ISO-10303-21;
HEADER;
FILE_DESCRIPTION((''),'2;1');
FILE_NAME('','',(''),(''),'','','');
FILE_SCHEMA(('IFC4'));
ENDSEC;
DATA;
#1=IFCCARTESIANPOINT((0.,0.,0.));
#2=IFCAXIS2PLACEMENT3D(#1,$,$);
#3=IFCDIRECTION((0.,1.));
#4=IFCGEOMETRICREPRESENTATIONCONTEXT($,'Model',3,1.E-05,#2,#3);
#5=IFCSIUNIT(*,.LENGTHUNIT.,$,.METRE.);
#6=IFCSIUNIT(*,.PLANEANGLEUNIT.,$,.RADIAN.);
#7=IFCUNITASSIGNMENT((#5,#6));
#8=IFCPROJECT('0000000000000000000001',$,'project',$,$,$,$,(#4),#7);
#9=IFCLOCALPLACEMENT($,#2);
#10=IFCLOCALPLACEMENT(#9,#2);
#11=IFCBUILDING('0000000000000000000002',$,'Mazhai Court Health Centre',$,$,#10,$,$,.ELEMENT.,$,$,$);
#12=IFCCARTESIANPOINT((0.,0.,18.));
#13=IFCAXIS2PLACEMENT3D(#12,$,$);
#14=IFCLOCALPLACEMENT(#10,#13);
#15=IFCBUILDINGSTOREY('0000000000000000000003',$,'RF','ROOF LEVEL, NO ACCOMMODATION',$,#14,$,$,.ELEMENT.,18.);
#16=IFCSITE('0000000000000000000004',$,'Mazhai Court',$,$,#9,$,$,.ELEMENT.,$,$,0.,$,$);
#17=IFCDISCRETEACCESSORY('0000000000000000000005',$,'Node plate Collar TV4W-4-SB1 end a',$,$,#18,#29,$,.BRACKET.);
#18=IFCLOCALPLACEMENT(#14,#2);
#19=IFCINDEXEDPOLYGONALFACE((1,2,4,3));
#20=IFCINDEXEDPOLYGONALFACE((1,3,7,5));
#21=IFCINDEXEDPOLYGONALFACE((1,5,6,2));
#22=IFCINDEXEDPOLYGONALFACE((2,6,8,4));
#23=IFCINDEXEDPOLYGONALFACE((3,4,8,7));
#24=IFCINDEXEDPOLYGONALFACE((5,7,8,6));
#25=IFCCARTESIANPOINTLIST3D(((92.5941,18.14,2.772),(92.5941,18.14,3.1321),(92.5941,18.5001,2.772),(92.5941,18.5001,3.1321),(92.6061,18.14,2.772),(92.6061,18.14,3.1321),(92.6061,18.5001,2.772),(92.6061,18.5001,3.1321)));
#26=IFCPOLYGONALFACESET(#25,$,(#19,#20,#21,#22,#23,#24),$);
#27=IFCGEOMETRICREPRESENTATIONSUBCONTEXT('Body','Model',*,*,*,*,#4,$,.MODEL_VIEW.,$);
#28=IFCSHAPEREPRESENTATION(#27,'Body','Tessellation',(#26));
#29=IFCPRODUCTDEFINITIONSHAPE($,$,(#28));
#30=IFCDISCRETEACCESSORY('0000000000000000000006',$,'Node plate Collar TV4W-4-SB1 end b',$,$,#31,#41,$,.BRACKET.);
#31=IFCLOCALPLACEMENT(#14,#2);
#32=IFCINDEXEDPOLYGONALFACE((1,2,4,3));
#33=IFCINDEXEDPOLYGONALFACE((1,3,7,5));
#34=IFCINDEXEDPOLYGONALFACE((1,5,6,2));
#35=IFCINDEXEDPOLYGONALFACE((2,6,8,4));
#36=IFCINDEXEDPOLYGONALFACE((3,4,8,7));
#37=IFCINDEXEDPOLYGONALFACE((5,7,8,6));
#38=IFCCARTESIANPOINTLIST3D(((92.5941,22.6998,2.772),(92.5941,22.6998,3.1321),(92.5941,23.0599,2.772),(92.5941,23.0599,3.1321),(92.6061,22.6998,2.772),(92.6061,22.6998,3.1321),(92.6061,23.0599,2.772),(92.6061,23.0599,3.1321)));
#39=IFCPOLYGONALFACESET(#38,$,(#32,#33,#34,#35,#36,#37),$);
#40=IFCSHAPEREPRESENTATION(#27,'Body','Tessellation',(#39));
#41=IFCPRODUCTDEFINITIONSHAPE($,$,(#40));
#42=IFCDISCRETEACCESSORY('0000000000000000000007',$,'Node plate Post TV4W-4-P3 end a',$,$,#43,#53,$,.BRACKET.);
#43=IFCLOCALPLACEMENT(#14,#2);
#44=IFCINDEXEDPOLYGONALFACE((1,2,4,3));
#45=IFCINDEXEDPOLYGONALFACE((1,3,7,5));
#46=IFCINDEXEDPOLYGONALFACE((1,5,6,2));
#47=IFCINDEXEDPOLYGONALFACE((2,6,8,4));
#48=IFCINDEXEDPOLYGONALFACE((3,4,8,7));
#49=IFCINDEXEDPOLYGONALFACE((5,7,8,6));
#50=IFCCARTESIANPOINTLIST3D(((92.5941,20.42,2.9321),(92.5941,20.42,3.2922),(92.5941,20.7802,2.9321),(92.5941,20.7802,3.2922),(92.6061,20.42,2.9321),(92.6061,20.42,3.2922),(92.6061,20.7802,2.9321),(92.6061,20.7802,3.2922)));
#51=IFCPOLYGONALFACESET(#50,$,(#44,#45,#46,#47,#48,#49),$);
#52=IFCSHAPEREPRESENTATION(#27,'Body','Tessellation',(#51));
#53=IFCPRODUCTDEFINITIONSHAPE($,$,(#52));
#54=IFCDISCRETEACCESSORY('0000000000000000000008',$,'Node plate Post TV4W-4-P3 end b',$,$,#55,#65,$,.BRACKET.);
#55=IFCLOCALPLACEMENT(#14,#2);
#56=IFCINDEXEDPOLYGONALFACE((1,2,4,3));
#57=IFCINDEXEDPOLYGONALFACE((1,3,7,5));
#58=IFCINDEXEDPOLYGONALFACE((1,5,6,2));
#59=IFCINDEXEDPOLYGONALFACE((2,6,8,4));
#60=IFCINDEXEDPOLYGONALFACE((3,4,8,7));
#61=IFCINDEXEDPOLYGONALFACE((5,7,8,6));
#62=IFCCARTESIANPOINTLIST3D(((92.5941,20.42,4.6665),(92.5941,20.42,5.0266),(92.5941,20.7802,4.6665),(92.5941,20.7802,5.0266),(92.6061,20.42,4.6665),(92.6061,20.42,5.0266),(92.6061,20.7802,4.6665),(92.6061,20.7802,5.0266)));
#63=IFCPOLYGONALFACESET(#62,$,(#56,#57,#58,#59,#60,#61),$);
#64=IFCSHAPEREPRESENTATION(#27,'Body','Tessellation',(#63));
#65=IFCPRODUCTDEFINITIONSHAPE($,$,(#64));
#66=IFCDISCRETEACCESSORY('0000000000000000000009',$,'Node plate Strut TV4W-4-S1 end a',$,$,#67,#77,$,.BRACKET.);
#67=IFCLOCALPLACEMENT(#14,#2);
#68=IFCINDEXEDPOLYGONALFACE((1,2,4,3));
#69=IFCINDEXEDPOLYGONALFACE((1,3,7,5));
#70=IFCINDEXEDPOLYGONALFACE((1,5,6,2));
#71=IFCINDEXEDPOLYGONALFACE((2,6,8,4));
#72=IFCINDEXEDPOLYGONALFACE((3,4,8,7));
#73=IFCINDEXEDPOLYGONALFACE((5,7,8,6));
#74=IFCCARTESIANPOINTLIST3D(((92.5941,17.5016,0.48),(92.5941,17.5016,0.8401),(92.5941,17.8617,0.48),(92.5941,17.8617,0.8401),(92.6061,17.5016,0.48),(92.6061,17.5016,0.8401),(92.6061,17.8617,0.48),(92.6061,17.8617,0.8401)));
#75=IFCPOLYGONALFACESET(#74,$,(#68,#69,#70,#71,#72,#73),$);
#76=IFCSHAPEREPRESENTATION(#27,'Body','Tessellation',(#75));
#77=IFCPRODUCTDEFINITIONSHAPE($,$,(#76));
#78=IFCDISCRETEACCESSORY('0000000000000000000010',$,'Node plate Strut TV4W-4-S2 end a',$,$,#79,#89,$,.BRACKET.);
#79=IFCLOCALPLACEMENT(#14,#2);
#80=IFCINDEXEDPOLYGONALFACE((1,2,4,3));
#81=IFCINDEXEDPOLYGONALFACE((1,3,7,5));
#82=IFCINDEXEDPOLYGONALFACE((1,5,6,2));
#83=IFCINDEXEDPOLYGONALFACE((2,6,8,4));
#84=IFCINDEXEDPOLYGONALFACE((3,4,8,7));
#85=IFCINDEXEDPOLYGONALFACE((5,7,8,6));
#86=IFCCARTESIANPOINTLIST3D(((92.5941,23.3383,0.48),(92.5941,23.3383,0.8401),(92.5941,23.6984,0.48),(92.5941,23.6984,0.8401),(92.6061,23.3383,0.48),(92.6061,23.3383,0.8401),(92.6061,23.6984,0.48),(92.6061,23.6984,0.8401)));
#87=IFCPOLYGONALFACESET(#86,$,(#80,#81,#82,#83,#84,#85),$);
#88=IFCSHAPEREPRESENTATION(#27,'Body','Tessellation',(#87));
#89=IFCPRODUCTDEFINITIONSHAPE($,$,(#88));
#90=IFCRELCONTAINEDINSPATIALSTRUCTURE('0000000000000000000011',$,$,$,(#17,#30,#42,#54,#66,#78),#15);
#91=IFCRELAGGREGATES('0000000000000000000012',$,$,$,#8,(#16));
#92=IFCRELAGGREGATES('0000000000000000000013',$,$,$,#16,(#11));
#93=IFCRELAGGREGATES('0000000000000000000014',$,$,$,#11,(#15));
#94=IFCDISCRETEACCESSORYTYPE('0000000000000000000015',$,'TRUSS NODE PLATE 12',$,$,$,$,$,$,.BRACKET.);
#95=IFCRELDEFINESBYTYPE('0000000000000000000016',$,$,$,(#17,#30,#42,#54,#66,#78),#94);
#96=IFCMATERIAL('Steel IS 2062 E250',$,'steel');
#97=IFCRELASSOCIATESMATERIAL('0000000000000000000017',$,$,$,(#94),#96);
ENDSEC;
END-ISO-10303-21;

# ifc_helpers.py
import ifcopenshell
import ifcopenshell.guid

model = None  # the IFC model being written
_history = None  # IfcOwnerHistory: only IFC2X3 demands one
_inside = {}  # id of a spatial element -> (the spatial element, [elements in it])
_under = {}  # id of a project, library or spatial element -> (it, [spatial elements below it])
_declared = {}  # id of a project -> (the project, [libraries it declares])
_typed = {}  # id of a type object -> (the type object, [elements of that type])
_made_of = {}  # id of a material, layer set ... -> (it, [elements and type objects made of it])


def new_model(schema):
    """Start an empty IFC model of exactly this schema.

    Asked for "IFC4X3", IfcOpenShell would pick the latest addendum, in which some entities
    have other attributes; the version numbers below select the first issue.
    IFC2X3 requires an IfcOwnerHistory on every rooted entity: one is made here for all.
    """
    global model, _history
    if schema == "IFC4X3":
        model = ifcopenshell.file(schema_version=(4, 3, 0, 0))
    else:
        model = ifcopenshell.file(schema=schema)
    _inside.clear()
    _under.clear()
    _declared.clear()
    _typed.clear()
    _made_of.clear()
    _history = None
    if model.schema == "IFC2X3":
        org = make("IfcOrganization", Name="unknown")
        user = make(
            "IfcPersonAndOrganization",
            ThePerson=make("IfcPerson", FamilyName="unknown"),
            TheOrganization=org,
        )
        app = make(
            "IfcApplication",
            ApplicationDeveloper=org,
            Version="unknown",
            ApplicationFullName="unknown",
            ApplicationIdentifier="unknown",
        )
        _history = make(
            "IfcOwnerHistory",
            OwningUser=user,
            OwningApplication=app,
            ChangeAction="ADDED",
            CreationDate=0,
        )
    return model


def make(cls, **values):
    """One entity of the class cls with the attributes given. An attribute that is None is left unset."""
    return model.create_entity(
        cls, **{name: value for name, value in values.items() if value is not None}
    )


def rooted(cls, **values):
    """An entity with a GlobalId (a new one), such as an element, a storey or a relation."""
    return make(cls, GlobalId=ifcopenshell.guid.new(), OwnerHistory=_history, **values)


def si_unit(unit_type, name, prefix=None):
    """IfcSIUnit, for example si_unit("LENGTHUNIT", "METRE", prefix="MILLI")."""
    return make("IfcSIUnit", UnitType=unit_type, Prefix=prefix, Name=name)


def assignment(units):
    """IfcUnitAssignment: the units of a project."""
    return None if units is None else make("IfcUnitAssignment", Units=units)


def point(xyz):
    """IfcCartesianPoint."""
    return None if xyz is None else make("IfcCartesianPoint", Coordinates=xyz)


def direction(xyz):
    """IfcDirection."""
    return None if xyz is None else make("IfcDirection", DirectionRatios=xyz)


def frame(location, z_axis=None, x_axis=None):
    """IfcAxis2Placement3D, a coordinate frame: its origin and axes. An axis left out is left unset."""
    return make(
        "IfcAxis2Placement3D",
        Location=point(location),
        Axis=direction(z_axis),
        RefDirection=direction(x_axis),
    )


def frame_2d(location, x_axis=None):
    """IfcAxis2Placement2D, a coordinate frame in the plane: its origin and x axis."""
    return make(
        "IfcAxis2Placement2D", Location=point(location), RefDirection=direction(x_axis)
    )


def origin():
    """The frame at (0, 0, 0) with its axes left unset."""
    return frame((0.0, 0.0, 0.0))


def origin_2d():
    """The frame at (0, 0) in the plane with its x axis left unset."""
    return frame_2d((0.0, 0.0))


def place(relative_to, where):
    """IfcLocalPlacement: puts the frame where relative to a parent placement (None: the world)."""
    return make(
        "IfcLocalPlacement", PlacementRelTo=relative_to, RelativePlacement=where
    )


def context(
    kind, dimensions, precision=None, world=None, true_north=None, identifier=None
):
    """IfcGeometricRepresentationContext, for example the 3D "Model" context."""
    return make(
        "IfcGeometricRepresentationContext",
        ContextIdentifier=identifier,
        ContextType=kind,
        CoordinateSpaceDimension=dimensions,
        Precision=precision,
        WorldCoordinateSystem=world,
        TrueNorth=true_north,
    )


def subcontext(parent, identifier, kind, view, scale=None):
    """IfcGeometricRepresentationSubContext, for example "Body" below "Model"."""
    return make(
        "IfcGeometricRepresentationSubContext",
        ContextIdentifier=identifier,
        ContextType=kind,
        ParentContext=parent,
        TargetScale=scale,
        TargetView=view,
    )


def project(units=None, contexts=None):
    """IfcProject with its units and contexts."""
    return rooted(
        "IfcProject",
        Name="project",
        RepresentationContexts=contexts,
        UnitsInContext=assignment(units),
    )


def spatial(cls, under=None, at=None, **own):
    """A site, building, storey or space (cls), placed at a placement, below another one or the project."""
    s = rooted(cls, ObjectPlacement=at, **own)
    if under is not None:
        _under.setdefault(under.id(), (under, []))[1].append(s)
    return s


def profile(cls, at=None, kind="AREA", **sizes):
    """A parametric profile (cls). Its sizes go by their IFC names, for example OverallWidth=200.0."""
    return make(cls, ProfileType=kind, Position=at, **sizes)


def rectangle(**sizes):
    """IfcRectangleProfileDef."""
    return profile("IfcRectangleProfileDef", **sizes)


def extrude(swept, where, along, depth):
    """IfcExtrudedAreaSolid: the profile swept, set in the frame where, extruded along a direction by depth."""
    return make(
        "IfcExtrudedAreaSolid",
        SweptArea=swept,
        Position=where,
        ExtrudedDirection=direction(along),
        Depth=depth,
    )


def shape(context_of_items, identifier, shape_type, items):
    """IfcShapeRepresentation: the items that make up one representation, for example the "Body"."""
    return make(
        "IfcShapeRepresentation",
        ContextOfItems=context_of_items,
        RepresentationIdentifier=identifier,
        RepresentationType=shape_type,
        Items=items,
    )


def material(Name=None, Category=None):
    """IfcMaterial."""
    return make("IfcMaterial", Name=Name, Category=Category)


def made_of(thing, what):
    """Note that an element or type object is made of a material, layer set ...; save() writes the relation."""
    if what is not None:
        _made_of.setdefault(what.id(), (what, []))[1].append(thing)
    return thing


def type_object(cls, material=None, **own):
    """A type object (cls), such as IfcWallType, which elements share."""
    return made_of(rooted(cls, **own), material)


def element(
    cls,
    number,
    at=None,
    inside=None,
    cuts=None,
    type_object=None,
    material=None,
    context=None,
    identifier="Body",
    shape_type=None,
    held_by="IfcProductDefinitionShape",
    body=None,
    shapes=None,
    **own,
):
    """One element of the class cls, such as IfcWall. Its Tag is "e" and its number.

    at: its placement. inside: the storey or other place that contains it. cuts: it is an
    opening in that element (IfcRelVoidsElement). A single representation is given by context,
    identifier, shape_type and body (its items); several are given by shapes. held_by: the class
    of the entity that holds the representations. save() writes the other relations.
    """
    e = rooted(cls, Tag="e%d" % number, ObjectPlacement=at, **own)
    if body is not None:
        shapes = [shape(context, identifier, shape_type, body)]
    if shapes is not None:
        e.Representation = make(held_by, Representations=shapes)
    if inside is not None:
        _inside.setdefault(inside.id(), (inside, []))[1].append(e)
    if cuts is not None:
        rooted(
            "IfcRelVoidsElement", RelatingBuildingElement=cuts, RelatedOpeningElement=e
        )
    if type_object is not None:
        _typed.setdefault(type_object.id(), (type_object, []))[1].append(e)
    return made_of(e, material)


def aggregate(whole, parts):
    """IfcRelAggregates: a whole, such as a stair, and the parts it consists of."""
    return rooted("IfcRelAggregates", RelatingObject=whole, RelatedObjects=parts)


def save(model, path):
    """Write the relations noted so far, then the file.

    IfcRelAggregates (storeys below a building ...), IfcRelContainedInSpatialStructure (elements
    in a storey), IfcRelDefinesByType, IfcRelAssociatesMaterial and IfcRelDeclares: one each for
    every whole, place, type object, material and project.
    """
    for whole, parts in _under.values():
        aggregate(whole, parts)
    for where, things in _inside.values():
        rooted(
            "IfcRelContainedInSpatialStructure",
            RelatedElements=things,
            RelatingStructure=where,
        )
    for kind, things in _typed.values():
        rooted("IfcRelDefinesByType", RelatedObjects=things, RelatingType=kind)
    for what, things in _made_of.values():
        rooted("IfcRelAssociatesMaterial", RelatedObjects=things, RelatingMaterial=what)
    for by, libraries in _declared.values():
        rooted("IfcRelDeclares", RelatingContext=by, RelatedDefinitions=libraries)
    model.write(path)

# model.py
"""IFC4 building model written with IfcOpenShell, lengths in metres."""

from ifc_helpers import new_model, si_unit, direction, frame, origin, origin_2d, place, context, subcontext, project, spatial, rectangle, extrude, material, type_object, element, save


model = new_model("IFC4")

# Units and contexts
model_context = context("Model", 3, precision=1e-05, world=origin(), true_north=direction((0.0, 1.0)))
body_context = subcontext(model_context, "Body", "Model", "MODEL_VIEW")
ifc_project = project(units=[si_unit("LENGTHUNIT", "METRE"), si_unit("PLANEANGLEUNIT", "RADIAN")], contexts=[model_context])

# Site, building, storey
site_placement = place(None, origin())
site = spatial("IfcSite", under=ifc_project, at=site_placement, Name="Mazhai Court", CompositionType="ELEMENT", RefElevation=0.0)
building_placement = place(site_placement, origin())
building = spatial("IfcBuilding", under=site, at=building_placement, Name="Mazhai Court Health Centre", CompositionType="ELEMENT")
storey_placement = place(building_placement, frame((0.0, 0.0, 18.0)))
storey = spatial("IfcBuildingStorey", under=building, at=storey_placement, Name="RF", Description="ROOF LEVEL, NO ACCOMMODATION", CompositionType="ELEMENT", Elevation=18.0)

# Discrete accessories
ifc_material_1 = material(Name="Steel IS 2062 E250", Category="steel")
discrete_accessory_type = type_object("IfcDiscreteAccessoryType", Name="TRUSS NODE PLATE 12", PredefinedType="BRACKET", material=ifc_material_1)
for number, where, z_axis, x_axis, name in (
    (1, (92.6001, 18.3201, 2.772), (0.0, 0.0, 1.0), (1.0, 0.0, 0.0), "Node plate Collar TV4W-4-SB1 end a"),
    (2, (92.6001, 22.8799, 2.772), (0.0, 0.0, 1.0), (1.0, 0.0, 0.0), "Node plate Collar TV4W-4-SB1 end b"),
    (3, (92.6001, 20.6001, 2.9321), (0.0, 0.0, 1.0), (1.0, 0.0, 0.0), "Node plate Post TV4W-4-P3 end a"),
    (4, (92.6001, 20.6001, 4.6665), (0.0, 0.0, 1.0), (1.0, 0.0, 0.0), "Node plate Post TV4W-4-P3 end b"),
    (5, (92.6001, 17.6816, 0.48), (0.0, 0.0, 1.0), (1.0, 0.0, 0.0), "Node plate Strut TV4W-4-S1 end a"),
    (6, (92.6001, 23.5183, 0.48), (0.0, 0.0, 1.0), (1.0, 0.0, 0.0), "Node plate Strut TV4W-4-S2 end a"),
):
    element("IfcDiscreteAccessory", number, at=place(storey_placement, frame(where, z_axis=z_axis, x_axis=x_axis)), inside=storey, type_object=discrete_accessory_type, Name=name, PredefinedType="BRACKET", context=body_context, shape_type="SweptSolid", body=[
        extrude(rectangle(XDim=0.012, YDim=0.3601, at=origin_2d()), origin(), (0.0, 0.0, 1.0), 0.3601),
    ])

save(model, "model.ifc")
